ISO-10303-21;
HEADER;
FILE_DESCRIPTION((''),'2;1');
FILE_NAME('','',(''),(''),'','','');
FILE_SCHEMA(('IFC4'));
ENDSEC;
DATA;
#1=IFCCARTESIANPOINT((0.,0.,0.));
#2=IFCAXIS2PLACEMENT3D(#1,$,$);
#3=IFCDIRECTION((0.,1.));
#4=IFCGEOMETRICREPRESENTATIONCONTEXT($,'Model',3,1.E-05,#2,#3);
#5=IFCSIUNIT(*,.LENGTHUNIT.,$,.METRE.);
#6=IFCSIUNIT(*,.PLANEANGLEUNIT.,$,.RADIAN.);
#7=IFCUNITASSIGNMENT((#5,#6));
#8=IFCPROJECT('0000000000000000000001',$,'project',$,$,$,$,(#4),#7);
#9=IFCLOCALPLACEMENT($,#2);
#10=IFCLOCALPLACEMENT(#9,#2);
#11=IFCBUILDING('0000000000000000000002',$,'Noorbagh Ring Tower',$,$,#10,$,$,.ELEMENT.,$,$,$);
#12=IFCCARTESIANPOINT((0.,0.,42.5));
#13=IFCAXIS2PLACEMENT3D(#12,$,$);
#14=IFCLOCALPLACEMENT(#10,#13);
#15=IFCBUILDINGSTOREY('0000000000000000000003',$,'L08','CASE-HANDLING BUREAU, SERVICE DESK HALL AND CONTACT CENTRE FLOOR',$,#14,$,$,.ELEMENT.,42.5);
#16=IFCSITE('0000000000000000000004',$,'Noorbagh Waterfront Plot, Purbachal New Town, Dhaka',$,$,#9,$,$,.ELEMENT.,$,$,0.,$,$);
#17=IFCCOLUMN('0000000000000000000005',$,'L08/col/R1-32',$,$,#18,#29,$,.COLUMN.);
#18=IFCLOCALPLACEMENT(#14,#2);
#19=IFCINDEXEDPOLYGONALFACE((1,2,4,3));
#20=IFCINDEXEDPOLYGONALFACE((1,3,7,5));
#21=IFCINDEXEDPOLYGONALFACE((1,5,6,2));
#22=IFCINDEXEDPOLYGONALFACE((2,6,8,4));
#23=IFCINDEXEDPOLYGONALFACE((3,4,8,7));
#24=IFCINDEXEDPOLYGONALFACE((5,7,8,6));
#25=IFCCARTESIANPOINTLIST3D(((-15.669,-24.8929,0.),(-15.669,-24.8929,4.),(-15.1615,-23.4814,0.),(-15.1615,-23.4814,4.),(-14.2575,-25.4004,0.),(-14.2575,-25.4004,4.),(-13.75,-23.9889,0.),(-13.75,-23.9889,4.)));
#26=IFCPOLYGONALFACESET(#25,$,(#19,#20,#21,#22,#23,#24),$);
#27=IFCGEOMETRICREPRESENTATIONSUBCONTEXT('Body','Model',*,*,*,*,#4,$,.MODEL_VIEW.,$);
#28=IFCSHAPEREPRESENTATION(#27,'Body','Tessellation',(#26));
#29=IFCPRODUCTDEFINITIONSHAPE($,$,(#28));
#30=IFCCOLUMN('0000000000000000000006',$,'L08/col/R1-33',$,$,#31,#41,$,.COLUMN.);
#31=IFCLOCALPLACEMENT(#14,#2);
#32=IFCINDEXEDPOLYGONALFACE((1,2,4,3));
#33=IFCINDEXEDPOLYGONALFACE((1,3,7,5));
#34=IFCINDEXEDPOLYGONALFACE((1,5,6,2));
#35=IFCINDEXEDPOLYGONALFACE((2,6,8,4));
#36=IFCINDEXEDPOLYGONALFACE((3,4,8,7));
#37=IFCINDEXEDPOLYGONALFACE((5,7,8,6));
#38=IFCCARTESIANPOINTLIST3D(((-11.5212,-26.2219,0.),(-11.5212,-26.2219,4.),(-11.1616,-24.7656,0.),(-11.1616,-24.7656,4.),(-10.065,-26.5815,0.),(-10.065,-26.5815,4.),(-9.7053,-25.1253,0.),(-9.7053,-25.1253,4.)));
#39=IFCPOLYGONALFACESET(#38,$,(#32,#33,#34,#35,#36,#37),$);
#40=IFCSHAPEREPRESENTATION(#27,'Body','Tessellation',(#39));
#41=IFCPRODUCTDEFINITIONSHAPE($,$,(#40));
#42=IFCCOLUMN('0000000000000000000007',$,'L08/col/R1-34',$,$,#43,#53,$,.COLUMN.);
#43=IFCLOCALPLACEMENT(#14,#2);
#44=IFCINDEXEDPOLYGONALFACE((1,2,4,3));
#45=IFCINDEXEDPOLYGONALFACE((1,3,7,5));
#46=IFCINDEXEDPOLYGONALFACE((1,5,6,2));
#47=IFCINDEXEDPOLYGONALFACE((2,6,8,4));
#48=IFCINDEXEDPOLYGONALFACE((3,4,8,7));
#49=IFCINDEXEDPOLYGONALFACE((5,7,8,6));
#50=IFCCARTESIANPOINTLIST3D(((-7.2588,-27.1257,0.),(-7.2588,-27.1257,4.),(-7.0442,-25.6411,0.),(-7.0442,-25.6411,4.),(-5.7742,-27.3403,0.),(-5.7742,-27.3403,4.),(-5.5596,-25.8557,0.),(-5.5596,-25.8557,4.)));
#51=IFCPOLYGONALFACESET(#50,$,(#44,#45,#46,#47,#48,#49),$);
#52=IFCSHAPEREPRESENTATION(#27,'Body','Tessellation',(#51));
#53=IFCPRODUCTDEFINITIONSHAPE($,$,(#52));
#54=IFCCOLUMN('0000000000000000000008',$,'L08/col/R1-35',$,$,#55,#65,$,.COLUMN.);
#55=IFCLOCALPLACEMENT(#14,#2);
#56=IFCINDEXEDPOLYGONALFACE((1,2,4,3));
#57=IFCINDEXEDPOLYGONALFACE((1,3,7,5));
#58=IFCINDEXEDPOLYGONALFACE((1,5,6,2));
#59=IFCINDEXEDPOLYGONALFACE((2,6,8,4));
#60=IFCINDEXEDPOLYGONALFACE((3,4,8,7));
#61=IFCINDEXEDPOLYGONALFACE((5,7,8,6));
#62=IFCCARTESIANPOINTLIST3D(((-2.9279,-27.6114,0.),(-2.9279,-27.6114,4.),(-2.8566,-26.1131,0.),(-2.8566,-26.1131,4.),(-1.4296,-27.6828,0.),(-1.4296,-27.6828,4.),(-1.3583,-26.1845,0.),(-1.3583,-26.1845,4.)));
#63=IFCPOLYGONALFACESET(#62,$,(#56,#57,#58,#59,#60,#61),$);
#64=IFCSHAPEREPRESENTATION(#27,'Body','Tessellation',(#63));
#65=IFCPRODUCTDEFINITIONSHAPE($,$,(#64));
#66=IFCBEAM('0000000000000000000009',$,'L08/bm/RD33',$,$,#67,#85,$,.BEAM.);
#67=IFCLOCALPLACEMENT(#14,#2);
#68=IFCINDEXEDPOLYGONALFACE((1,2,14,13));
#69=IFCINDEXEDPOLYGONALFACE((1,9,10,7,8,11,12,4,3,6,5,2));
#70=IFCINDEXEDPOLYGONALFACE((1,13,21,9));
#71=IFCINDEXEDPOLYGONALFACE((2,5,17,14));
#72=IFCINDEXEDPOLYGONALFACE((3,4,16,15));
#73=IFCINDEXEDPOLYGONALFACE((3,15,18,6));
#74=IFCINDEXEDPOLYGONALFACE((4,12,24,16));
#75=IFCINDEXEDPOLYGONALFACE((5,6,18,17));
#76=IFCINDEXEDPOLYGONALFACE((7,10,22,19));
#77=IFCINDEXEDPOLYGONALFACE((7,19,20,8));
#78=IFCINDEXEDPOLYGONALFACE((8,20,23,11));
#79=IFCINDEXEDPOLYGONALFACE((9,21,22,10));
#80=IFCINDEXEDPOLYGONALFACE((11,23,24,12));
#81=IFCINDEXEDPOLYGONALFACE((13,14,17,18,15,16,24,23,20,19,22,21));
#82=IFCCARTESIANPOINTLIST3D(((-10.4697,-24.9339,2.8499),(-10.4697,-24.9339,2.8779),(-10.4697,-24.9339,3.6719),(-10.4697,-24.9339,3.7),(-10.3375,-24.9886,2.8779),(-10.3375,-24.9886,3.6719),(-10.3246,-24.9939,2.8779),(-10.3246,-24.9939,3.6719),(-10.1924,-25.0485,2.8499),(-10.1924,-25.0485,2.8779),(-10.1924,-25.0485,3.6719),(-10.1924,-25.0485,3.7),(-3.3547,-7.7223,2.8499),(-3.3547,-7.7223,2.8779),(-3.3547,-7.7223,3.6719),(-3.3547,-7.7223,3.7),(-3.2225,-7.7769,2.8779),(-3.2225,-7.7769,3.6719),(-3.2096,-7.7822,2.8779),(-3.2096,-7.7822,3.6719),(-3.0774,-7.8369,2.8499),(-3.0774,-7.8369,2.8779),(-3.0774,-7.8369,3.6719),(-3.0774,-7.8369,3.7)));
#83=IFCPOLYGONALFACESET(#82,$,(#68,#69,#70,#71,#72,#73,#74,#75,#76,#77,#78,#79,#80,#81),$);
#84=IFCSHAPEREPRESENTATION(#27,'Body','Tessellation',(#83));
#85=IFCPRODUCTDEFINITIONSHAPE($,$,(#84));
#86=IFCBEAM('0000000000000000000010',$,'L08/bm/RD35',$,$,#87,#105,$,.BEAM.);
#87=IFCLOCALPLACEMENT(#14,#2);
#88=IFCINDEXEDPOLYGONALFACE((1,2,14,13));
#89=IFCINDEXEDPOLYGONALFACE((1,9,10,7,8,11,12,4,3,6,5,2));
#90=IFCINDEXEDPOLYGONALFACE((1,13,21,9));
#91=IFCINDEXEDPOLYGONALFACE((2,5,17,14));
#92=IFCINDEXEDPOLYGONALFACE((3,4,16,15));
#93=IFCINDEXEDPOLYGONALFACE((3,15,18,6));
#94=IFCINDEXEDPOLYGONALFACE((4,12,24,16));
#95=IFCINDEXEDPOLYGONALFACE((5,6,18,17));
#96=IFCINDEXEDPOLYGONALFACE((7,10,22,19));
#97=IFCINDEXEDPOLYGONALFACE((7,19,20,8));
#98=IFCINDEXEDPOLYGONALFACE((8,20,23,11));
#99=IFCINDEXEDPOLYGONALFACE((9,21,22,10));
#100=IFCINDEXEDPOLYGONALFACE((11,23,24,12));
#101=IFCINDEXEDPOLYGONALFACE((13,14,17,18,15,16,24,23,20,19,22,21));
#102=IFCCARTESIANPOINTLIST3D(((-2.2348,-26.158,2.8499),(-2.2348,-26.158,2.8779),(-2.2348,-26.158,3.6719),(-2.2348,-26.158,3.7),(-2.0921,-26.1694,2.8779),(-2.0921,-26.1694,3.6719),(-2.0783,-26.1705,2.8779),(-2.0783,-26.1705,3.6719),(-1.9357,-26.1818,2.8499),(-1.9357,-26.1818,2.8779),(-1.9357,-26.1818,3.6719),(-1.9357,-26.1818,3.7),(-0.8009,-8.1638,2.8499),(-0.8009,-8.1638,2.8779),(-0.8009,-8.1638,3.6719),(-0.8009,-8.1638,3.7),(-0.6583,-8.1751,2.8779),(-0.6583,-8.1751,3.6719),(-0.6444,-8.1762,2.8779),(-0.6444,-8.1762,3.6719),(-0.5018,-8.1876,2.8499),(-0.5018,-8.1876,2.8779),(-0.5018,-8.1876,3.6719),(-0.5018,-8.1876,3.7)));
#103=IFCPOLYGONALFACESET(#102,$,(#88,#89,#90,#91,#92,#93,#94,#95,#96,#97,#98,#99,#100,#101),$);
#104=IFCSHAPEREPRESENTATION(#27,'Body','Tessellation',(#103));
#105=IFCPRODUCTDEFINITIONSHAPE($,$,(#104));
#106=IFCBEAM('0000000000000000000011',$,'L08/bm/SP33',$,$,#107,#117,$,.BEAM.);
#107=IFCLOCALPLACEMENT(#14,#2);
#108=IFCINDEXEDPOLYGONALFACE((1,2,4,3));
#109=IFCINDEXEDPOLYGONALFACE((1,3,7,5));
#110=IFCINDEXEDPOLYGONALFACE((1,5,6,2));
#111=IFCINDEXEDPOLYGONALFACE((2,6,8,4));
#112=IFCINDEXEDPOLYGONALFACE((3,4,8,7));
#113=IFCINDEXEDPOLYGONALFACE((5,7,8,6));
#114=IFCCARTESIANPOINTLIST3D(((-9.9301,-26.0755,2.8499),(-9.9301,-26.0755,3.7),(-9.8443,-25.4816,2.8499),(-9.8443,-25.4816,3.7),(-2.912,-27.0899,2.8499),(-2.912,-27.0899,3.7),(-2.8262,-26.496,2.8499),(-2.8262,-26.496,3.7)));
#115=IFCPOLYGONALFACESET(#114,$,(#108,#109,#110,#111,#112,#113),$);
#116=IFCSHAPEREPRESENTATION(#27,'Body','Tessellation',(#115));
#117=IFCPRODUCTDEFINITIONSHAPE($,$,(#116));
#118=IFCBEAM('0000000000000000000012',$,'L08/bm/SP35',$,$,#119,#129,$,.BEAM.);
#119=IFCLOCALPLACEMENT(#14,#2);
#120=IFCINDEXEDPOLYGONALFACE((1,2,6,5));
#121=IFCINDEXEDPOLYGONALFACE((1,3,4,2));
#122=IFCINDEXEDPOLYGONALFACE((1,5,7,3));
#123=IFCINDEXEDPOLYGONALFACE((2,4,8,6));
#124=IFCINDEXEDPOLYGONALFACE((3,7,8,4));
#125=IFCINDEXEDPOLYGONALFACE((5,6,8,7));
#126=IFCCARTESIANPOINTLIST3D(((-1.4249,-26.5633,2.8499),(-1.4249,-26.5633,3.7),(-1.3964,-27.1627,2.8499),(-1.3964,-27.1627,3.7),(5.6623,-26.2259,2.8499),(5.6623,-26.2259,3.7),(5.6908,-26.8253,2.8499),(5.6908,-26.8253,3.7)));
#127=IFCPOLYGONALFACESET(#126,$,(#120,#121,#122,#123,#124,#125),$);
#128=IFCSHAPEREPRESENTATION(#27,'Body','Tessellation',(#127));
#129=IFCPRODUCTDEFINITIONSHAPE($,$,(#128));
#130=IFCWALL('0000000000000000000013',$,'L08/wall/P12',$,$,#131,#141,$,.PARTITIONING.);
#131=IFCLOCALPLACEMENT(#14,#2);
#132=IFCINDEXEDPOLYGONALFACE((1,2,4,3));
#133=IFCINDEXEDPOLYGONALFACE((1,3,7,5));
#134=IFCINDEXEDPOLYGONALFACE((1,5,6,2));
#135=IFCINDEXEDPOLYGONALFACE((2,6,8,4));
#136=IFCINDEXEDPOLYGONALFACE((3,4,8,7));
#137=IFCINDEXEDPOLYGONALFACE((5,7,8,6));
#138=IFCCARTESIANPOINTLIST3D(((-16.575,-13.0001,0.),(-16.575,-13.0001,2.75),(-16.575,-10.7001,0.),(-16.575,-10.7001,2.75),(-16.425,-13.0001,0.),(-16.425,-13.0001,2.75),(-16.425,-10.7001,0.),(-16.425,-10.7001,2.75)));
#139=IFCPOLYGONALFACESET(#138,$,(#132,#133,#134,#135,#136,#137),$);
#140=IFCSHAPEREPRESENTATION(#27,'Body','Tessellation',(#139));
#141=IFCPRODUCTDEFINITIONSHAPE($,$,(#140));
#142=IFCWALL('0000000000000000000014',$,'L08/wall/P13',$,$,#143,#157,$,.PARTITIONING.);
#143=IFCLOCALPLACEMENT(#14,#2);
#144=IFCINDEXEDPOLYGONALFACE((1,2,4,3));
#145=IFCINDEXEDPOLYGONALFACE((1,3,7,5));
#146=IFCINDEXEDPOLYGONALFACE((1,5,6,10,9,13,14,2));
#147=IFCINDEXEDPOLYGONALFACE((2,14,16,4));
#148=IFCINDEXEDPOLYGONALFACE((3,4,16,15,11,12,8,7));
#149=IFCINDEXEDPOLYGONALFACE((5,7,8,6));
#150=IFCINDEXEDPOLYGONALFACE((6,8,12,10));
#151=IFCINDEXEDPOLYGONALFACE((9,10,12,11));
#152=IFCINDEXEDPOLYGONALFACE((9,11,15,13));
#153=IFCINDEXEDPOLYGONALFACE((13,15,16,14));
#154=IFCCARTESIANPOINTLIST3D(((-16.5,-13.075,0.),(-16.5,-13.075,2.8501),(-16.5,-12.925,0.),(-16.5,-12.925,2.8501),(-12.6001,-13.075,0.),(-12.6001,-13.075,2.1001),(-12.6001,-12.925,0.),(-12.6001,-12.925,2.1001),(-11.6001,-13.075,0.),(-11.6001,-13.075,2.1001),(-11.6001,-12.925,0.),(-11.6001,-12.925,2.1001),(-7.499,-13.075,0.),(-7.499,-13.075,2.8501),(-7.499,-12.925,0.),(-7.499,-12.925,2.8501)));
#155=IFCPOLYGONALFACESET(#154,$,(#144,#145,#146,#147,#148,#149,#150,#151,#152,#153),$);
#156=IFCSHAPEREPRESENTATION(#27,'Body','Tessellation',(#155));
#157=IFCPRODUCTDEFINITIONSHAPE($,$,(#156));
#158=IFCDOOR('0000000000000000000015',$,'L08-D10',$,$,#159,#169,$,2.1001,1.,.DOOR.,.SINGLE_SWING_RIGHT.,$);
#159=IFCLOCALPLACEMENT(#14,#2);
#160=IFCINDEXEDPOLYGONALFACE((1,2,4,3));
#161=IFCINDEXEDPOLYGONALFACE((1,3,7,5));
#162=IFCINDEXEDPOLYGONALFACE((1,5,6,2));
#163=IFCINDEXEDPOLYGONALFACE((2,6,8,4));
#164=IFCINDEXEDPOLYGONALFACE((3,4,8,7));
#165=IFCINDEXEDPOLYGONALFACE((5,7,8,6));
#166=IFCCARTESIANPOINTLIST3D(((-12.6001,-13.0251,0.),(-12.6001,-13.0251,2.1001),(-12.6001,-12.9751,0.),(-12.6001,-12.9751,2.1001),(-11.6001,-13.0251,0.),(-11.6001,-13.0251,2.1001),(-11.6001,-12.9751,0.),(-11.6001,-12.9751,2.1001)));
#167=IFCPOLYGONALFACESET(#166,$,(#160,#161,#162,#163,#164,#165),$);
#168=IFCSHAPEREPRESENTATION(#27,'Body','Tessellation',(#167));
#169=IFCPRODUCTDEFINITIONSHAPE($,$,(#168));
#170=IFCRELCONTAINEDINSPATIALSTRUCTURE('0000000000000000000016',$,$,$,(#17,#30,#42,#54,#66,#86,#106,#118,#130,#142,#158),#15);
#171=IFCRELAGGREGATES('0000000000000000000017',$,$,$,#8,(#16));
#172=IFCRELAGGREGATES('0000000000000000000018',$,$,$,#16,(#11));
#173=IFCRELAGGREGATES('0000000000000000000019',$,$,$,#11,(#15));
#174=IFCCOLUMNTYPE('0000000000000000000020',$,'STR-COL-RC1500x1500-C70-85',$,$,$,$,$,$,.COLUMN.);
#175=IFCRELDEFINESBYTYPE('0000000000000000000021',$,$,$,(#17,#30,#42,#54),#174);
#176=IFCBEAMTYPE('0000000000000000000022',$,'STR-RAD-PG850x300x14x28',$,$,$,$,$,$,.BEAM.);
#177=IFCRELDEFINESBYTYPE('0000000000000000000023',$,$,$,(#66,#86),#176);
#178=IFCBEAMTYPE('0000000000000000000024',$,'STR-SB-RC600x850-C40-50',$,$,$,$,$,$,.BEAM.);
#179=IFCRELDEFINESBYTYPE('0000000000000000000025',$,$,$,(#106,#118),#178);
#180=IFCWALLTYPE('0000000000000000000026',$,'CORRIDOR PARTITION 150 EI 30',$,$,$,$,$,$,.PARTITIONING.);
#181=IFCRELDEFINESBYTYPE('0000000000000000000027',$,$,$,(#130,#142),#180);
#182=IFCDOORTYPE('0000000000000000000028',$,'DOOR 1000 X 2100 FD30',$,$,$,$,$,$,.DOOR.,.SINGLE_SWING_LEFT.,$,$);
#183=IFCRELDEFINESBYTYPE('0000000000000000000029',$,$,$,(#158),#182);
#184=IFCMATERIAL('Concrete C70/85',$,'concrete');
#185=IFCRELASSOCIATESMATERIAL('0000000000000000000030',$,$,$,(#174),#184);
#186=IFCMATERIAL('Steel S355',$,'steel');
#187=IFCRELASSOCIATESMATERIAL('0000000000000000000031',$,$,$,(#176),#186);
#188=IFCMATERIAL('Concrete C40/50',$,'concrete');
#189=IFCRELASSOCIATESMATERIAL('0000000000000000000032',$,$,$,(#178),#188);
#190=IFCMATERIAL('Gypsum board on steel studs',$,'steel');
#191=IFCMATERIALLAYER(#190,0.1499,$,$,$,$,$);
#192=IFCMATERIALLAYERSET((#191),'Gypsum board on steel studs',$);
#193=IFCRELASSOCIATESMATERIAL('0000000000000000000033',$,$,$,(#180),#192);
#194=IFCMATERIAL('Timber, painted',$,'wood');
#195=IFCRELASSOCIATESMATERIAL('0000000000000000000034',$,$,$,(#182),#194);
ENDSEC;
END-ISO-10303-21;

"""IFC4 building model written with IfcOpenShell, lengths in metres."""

from ifc_helpers import new_model, si_unit, direction, frame, frame_2d, origin, origin_2d, place, context, subcontext, project, spatial, rectangle, i_section, extrude, material, layer, layer_set, material_profile, profile_set, type_object, element, fill, save


model = new_model("IFC4")

# Units and contexts
model_context = context("Model", 3, precision=1e-05, world=origin(), true_north=direction((0.0, 1.0)))
body_context = subcontext(model_context, "Body", "Model", "MODEL_VIEW")
ifc_project = project(units=[si_unit("LENGTHUNIT", "METRE"), si_unit("PLANEANGLEUNIT", "RADIAN")], contexts=[model_context])

# Site, building, storey
site_placement = place(None, origin())
site = spatial("IfcSite", under=ifc_project, at=site_placement, Name="Noorbagh Waterfront Plot, Purbachal New Town, Dhaka", CompositionType="ELEMENT", RefElevation=0.0)
building_placement = place(site_placement, origin())
building = spatial("IfcBuilding", under=site, at=building_placement, Name="Noorbagh Ring Tower", CompositionType="ELEMENT")
storey_placement = place(building_placement, frame((0.0, 0.0, 42.5)))
storey = spatial("IfcBuildingStorey", under=building, at=storey_placement, Name="L08", Description="CASE-HANDLING BUREAU, SERVICE DESK HALL AND CONTACT CENTRE FLOOR", CompositionType="ELEMENT", Elevation=42.5)

# Columns
ifc_material_1 = material(Name="Concrete C70/85", Category="concrete")
ifc_material_profile_1 = material_profile(ifc_material_1, rectangle(XDim=1.5, YDim=1.5, at=origin_2d()), Name="RC1500x1500")
ifc_profile_set_1 = profile_set([ifc_material_profile_1], Name="Concrete C70/85")
column_type = type_object("IfcColumnType", Name="STR-COL-RC1500x1500-C70-85", PredefinedType="COLUMN", material=ifc_profile_set_1)
for number, where, z_axis, x_axis, name in (
    (1, (-14.7095, -24.4409, 0.0), (0.0, 0.0, 1.0), (0.941025, -0.338338, 0.0), "L08/col/R1-32"),
    (2, (-10.6133, -25.6736, 0.0), (0.0, 0.0, 1.0), (0.970829, -0.239771, 0.0), "L08/col/R1-33"),
    (3, (-6.4092, -26.4907, 0.0), (0.0, 0.0, 1.0), (0.989713, -0.143066, 0.0), "L08/col/R1-34"),
    (4, (-2.1431, -26.8979, 0.0), (0.0, 0.0, 1.0), (0.998869, -0.047553, 0.0), "L08/col/R1-35"),
):
    element("IfcColumn", number, at=place(storey_placement, frame(where, z_axis=z_axis, x_axis=x_axis)), inside=storey, type_object=column_type, Name=name, PredefinedType="COLUMN", context=body_context, shape_type="SweptSolid", body=[
        extrude(rectangle(XDim=1.5, YDim=1.5, at=origin_2d()), origin(), (0.0, 0.0, 1.0), 4.0),
    ])

# Beams
ifc_material_2 = material(Name="Steel S355", Category="steel")
ifc_material_profile_2 = material_profile(ifc_material_2, i_section(OverallWidth=0.3, OverallDepth=0.8501, WebThickness=0.0139, FlangeThickness=0.0281, at=origin_2d()), Name="PG850x300x14x28")
ifc_profile_set_2 = profile_set([ifc_material_profile_2], Name="Steel S355")
beam_type_1 = type_object("IfcBeamType", Name="STR-RAD-PG850x300x14x28", PredefinedType="BEAM", material=ifc_profile_set_2)
beam_1_placement = place(storey_placement, frame((-10.3311, -24.9912, 3.2749), z_axis=(0.382027, 0.924151, 0.0), x_axis=(-0.924151, 0.382027, 0.0)))
element("IfcBeam", 5, at=beam_1_placement, inside=storey, type_object=beam_type_1, Name="L08/bm/RD33", PredefinedType="BEAM", context=body_context, shape_type="SweptSolid", body=[
    extrude(i_section(OverallWidth=0.3, OverallDepth=0.8501, WebThickness=0.0139, FlangeThickness=0.0281, at=origin_2d()), origin(), (0.0, 0.0, 1.0), 18.6243),
])
beam_2_placement = place(storey_placement, frame((-2.0852, -26.1699, 3.2749), z_axis=(0.079432, 0.99684, 0.0), x_axis=(-0.99684, 0.079432, 0.0)))
element("IfcBeam", 6, at=beam_2_placement, inside=storey, type_object=beam_type_1, Name="L08/bm/RD35", PredefinedType="BEAM", context=body_context, shape_type="SweptSolid", body=[
    extrude(i_section(OverallWidth=0.3, OverallDepth=0.8501, WebThickness=0.0139, FlangeThickness=0.0281, at=origin_2d()), origin(), (0.0, 0.0, 1.0), 18.0513),
])
ifc_material_3 = material(Name="Concrete C40/50", Category="concrete")
ifc_material_profile_3 = material_profile(ifc_material_3, rectangle(XDim=0.6001, YDim=0.8501, at=origin_2d()), Name="RC600x850")
ifc_profile_set_3 = profile_set([ifc_material_profile_3], Name="Concrete C40/50")
beam_type_2 = type_object("IfcBeamType", Name="STR-SB-RC600x850-C40-50", PredefinedType="BEAM", material=ifc_profile_set_3)
beam_3_placement = place(storey_placement, frame((-9.8872, -25.7786, 3.2749), z_axis=(0.989715, -0.143055, 0.0), x_axis=(0.143055, 0.989715, 0.0)))
element("IfcBeam", 7, at=beam_3_placement, inside=storey, type_object=beam_type_2, Name="L08/bm/SP33", PredefinedType="BEAM", context=body_context, shape_type="SweptSolid", body=[
    extrude(rectangle(XDim=0.6001, YDim=0.8501, at=origin_2d()), origin(), (0.0, 0.0, 1.0), 7.0911),
])
beam_4_placement = place(storey_placement, frame((-1.4106, -26.863, 3.2749), z_axis=(0.998869, 0.047554, 0.0), x_axis=(-0.047554, 0.998869, 0.0)))
element("IfcBeam", 8, at=beam_4_placement, inside=storey, type_object=beam_type_2, Name="L08/bm/SP35", PredefinedType="BEAM", context=body_context, shape_type="SweptSolid", body=[
    extrude(rectangle(XDim=0.6001, YDim=0.8501, at=origin_2d()), origin(), (0.0, 0.0, 1.0), 7.0952),
])

# Wall
ifc_material_4 = material(Name="Gypsum board on steel studs", Category="steel")
ifc_layer_1 = layer(ifc_material_4, 0.1499)
ifc_layer_set_1 = layer_set([ifc_layer_1], Name="Gypsum board on steel studs")
wall_type_1 = type_object("IfcWallType", Name="CORRIDOR PARTITION 150 EI 30", PredefinedType="PARTITIONING", material=ifc_layer_set_1)
wall_1_placement = place(storey_placement, frame((-16.5, -13.0, 0.0), z_axis=(0.0, 0.0, 1.0), x_axis=(0.0, 1.0, 0.0)))
element("IfcWall", 9, at=wall_1_placement, inside=storey, type_object=wall_type_1, Name="L08/wall/P12", PredefinedType="PARTITIONING", context=body_context, shape_type="SweptSolid", body=[
    extrude(rectangle(XDim=2.3, YDim=0.1499, at=frame_2d((1.1499, 0.0))), origin(), (0.0, 0.0, 1.0), 2.75),
])

# Wall, opening, door
wall_2_placement = place(storey_placement, frame((-16.5, -13.0, 0.0), z_axis=(0.0, 0.0, 1.0), x_axis=(1.0, 0.0, 0.0)))
wall_2 = element("IfcWall", 10, at=wall_2_placement, inside=storey, type_object=wall_type_1, Name="L08/wall/P13", PredefinedType="PARTITIONING", context=body_context, shape_type="SweptSolid", body=[
    extrude(rectangle(XDim=9.001, YDim=0.1499, at=frame_2d((4.5005, 0.0))), origin(), (0.0, 0.0, 1.0), 2.8501),
])
opening_1_placement = place(wall_2_placement, frame((3.8999, 0.0, 0.0)))
opening_1 = element("IfcOpeningElement", 11, at=opening_1_placement, cuts=wall_2, PredefinedType="OPENING", context=body_context, shape_type="SweptSolid", body=[
    extrude(rectangle(XDim=1.0, YDim=2.1001, at=frame_2d((0.5, 1.05))), frame((0.0, 0.085, 0.0), z_axis=(0.0, -1.0, 0.0), x_axis=(1.0, 0.0, 0.0)), (0.0, 0.0, 1.0), 0.1699),
])
ifc_material_5 = material(Name="Timber, painted", Category="wood")
door_type = type_object("IfcDoorType", Name="DOOR 1000 X 2100 FD30", OperationType="SINGLE_SWING_LEFT", PredefinedType="DOOR", material=ifc_material_5)
door_1_placement = place(opening_1_placement, origin())
door_1 = element("IfcDoor", 12, at=door_1_placement, inside=storey, type_object=door_type, Name="L08-D10", OperationType="SINGLE_SWING_RIGHT", OverallHeight=2.1001, OverallWidth=1.0, PredefinedType="DOOR", context=body_context, shape_type="SweptSolid", body=[
    extrude(rectangle(XDim=1.0, YDim=2.1001, at=frame_2d((0.5, 1.05))), frame((0.0, 0.0249, 0.0), z_axis=(0.0, -1.0, 0.0), x_axis=(1.0, 0.0, 0.0)), (0.0, 0.0, 1.0), 0.05),
])
fill(opening_1, door_1)

save(model, "model.ifc")
